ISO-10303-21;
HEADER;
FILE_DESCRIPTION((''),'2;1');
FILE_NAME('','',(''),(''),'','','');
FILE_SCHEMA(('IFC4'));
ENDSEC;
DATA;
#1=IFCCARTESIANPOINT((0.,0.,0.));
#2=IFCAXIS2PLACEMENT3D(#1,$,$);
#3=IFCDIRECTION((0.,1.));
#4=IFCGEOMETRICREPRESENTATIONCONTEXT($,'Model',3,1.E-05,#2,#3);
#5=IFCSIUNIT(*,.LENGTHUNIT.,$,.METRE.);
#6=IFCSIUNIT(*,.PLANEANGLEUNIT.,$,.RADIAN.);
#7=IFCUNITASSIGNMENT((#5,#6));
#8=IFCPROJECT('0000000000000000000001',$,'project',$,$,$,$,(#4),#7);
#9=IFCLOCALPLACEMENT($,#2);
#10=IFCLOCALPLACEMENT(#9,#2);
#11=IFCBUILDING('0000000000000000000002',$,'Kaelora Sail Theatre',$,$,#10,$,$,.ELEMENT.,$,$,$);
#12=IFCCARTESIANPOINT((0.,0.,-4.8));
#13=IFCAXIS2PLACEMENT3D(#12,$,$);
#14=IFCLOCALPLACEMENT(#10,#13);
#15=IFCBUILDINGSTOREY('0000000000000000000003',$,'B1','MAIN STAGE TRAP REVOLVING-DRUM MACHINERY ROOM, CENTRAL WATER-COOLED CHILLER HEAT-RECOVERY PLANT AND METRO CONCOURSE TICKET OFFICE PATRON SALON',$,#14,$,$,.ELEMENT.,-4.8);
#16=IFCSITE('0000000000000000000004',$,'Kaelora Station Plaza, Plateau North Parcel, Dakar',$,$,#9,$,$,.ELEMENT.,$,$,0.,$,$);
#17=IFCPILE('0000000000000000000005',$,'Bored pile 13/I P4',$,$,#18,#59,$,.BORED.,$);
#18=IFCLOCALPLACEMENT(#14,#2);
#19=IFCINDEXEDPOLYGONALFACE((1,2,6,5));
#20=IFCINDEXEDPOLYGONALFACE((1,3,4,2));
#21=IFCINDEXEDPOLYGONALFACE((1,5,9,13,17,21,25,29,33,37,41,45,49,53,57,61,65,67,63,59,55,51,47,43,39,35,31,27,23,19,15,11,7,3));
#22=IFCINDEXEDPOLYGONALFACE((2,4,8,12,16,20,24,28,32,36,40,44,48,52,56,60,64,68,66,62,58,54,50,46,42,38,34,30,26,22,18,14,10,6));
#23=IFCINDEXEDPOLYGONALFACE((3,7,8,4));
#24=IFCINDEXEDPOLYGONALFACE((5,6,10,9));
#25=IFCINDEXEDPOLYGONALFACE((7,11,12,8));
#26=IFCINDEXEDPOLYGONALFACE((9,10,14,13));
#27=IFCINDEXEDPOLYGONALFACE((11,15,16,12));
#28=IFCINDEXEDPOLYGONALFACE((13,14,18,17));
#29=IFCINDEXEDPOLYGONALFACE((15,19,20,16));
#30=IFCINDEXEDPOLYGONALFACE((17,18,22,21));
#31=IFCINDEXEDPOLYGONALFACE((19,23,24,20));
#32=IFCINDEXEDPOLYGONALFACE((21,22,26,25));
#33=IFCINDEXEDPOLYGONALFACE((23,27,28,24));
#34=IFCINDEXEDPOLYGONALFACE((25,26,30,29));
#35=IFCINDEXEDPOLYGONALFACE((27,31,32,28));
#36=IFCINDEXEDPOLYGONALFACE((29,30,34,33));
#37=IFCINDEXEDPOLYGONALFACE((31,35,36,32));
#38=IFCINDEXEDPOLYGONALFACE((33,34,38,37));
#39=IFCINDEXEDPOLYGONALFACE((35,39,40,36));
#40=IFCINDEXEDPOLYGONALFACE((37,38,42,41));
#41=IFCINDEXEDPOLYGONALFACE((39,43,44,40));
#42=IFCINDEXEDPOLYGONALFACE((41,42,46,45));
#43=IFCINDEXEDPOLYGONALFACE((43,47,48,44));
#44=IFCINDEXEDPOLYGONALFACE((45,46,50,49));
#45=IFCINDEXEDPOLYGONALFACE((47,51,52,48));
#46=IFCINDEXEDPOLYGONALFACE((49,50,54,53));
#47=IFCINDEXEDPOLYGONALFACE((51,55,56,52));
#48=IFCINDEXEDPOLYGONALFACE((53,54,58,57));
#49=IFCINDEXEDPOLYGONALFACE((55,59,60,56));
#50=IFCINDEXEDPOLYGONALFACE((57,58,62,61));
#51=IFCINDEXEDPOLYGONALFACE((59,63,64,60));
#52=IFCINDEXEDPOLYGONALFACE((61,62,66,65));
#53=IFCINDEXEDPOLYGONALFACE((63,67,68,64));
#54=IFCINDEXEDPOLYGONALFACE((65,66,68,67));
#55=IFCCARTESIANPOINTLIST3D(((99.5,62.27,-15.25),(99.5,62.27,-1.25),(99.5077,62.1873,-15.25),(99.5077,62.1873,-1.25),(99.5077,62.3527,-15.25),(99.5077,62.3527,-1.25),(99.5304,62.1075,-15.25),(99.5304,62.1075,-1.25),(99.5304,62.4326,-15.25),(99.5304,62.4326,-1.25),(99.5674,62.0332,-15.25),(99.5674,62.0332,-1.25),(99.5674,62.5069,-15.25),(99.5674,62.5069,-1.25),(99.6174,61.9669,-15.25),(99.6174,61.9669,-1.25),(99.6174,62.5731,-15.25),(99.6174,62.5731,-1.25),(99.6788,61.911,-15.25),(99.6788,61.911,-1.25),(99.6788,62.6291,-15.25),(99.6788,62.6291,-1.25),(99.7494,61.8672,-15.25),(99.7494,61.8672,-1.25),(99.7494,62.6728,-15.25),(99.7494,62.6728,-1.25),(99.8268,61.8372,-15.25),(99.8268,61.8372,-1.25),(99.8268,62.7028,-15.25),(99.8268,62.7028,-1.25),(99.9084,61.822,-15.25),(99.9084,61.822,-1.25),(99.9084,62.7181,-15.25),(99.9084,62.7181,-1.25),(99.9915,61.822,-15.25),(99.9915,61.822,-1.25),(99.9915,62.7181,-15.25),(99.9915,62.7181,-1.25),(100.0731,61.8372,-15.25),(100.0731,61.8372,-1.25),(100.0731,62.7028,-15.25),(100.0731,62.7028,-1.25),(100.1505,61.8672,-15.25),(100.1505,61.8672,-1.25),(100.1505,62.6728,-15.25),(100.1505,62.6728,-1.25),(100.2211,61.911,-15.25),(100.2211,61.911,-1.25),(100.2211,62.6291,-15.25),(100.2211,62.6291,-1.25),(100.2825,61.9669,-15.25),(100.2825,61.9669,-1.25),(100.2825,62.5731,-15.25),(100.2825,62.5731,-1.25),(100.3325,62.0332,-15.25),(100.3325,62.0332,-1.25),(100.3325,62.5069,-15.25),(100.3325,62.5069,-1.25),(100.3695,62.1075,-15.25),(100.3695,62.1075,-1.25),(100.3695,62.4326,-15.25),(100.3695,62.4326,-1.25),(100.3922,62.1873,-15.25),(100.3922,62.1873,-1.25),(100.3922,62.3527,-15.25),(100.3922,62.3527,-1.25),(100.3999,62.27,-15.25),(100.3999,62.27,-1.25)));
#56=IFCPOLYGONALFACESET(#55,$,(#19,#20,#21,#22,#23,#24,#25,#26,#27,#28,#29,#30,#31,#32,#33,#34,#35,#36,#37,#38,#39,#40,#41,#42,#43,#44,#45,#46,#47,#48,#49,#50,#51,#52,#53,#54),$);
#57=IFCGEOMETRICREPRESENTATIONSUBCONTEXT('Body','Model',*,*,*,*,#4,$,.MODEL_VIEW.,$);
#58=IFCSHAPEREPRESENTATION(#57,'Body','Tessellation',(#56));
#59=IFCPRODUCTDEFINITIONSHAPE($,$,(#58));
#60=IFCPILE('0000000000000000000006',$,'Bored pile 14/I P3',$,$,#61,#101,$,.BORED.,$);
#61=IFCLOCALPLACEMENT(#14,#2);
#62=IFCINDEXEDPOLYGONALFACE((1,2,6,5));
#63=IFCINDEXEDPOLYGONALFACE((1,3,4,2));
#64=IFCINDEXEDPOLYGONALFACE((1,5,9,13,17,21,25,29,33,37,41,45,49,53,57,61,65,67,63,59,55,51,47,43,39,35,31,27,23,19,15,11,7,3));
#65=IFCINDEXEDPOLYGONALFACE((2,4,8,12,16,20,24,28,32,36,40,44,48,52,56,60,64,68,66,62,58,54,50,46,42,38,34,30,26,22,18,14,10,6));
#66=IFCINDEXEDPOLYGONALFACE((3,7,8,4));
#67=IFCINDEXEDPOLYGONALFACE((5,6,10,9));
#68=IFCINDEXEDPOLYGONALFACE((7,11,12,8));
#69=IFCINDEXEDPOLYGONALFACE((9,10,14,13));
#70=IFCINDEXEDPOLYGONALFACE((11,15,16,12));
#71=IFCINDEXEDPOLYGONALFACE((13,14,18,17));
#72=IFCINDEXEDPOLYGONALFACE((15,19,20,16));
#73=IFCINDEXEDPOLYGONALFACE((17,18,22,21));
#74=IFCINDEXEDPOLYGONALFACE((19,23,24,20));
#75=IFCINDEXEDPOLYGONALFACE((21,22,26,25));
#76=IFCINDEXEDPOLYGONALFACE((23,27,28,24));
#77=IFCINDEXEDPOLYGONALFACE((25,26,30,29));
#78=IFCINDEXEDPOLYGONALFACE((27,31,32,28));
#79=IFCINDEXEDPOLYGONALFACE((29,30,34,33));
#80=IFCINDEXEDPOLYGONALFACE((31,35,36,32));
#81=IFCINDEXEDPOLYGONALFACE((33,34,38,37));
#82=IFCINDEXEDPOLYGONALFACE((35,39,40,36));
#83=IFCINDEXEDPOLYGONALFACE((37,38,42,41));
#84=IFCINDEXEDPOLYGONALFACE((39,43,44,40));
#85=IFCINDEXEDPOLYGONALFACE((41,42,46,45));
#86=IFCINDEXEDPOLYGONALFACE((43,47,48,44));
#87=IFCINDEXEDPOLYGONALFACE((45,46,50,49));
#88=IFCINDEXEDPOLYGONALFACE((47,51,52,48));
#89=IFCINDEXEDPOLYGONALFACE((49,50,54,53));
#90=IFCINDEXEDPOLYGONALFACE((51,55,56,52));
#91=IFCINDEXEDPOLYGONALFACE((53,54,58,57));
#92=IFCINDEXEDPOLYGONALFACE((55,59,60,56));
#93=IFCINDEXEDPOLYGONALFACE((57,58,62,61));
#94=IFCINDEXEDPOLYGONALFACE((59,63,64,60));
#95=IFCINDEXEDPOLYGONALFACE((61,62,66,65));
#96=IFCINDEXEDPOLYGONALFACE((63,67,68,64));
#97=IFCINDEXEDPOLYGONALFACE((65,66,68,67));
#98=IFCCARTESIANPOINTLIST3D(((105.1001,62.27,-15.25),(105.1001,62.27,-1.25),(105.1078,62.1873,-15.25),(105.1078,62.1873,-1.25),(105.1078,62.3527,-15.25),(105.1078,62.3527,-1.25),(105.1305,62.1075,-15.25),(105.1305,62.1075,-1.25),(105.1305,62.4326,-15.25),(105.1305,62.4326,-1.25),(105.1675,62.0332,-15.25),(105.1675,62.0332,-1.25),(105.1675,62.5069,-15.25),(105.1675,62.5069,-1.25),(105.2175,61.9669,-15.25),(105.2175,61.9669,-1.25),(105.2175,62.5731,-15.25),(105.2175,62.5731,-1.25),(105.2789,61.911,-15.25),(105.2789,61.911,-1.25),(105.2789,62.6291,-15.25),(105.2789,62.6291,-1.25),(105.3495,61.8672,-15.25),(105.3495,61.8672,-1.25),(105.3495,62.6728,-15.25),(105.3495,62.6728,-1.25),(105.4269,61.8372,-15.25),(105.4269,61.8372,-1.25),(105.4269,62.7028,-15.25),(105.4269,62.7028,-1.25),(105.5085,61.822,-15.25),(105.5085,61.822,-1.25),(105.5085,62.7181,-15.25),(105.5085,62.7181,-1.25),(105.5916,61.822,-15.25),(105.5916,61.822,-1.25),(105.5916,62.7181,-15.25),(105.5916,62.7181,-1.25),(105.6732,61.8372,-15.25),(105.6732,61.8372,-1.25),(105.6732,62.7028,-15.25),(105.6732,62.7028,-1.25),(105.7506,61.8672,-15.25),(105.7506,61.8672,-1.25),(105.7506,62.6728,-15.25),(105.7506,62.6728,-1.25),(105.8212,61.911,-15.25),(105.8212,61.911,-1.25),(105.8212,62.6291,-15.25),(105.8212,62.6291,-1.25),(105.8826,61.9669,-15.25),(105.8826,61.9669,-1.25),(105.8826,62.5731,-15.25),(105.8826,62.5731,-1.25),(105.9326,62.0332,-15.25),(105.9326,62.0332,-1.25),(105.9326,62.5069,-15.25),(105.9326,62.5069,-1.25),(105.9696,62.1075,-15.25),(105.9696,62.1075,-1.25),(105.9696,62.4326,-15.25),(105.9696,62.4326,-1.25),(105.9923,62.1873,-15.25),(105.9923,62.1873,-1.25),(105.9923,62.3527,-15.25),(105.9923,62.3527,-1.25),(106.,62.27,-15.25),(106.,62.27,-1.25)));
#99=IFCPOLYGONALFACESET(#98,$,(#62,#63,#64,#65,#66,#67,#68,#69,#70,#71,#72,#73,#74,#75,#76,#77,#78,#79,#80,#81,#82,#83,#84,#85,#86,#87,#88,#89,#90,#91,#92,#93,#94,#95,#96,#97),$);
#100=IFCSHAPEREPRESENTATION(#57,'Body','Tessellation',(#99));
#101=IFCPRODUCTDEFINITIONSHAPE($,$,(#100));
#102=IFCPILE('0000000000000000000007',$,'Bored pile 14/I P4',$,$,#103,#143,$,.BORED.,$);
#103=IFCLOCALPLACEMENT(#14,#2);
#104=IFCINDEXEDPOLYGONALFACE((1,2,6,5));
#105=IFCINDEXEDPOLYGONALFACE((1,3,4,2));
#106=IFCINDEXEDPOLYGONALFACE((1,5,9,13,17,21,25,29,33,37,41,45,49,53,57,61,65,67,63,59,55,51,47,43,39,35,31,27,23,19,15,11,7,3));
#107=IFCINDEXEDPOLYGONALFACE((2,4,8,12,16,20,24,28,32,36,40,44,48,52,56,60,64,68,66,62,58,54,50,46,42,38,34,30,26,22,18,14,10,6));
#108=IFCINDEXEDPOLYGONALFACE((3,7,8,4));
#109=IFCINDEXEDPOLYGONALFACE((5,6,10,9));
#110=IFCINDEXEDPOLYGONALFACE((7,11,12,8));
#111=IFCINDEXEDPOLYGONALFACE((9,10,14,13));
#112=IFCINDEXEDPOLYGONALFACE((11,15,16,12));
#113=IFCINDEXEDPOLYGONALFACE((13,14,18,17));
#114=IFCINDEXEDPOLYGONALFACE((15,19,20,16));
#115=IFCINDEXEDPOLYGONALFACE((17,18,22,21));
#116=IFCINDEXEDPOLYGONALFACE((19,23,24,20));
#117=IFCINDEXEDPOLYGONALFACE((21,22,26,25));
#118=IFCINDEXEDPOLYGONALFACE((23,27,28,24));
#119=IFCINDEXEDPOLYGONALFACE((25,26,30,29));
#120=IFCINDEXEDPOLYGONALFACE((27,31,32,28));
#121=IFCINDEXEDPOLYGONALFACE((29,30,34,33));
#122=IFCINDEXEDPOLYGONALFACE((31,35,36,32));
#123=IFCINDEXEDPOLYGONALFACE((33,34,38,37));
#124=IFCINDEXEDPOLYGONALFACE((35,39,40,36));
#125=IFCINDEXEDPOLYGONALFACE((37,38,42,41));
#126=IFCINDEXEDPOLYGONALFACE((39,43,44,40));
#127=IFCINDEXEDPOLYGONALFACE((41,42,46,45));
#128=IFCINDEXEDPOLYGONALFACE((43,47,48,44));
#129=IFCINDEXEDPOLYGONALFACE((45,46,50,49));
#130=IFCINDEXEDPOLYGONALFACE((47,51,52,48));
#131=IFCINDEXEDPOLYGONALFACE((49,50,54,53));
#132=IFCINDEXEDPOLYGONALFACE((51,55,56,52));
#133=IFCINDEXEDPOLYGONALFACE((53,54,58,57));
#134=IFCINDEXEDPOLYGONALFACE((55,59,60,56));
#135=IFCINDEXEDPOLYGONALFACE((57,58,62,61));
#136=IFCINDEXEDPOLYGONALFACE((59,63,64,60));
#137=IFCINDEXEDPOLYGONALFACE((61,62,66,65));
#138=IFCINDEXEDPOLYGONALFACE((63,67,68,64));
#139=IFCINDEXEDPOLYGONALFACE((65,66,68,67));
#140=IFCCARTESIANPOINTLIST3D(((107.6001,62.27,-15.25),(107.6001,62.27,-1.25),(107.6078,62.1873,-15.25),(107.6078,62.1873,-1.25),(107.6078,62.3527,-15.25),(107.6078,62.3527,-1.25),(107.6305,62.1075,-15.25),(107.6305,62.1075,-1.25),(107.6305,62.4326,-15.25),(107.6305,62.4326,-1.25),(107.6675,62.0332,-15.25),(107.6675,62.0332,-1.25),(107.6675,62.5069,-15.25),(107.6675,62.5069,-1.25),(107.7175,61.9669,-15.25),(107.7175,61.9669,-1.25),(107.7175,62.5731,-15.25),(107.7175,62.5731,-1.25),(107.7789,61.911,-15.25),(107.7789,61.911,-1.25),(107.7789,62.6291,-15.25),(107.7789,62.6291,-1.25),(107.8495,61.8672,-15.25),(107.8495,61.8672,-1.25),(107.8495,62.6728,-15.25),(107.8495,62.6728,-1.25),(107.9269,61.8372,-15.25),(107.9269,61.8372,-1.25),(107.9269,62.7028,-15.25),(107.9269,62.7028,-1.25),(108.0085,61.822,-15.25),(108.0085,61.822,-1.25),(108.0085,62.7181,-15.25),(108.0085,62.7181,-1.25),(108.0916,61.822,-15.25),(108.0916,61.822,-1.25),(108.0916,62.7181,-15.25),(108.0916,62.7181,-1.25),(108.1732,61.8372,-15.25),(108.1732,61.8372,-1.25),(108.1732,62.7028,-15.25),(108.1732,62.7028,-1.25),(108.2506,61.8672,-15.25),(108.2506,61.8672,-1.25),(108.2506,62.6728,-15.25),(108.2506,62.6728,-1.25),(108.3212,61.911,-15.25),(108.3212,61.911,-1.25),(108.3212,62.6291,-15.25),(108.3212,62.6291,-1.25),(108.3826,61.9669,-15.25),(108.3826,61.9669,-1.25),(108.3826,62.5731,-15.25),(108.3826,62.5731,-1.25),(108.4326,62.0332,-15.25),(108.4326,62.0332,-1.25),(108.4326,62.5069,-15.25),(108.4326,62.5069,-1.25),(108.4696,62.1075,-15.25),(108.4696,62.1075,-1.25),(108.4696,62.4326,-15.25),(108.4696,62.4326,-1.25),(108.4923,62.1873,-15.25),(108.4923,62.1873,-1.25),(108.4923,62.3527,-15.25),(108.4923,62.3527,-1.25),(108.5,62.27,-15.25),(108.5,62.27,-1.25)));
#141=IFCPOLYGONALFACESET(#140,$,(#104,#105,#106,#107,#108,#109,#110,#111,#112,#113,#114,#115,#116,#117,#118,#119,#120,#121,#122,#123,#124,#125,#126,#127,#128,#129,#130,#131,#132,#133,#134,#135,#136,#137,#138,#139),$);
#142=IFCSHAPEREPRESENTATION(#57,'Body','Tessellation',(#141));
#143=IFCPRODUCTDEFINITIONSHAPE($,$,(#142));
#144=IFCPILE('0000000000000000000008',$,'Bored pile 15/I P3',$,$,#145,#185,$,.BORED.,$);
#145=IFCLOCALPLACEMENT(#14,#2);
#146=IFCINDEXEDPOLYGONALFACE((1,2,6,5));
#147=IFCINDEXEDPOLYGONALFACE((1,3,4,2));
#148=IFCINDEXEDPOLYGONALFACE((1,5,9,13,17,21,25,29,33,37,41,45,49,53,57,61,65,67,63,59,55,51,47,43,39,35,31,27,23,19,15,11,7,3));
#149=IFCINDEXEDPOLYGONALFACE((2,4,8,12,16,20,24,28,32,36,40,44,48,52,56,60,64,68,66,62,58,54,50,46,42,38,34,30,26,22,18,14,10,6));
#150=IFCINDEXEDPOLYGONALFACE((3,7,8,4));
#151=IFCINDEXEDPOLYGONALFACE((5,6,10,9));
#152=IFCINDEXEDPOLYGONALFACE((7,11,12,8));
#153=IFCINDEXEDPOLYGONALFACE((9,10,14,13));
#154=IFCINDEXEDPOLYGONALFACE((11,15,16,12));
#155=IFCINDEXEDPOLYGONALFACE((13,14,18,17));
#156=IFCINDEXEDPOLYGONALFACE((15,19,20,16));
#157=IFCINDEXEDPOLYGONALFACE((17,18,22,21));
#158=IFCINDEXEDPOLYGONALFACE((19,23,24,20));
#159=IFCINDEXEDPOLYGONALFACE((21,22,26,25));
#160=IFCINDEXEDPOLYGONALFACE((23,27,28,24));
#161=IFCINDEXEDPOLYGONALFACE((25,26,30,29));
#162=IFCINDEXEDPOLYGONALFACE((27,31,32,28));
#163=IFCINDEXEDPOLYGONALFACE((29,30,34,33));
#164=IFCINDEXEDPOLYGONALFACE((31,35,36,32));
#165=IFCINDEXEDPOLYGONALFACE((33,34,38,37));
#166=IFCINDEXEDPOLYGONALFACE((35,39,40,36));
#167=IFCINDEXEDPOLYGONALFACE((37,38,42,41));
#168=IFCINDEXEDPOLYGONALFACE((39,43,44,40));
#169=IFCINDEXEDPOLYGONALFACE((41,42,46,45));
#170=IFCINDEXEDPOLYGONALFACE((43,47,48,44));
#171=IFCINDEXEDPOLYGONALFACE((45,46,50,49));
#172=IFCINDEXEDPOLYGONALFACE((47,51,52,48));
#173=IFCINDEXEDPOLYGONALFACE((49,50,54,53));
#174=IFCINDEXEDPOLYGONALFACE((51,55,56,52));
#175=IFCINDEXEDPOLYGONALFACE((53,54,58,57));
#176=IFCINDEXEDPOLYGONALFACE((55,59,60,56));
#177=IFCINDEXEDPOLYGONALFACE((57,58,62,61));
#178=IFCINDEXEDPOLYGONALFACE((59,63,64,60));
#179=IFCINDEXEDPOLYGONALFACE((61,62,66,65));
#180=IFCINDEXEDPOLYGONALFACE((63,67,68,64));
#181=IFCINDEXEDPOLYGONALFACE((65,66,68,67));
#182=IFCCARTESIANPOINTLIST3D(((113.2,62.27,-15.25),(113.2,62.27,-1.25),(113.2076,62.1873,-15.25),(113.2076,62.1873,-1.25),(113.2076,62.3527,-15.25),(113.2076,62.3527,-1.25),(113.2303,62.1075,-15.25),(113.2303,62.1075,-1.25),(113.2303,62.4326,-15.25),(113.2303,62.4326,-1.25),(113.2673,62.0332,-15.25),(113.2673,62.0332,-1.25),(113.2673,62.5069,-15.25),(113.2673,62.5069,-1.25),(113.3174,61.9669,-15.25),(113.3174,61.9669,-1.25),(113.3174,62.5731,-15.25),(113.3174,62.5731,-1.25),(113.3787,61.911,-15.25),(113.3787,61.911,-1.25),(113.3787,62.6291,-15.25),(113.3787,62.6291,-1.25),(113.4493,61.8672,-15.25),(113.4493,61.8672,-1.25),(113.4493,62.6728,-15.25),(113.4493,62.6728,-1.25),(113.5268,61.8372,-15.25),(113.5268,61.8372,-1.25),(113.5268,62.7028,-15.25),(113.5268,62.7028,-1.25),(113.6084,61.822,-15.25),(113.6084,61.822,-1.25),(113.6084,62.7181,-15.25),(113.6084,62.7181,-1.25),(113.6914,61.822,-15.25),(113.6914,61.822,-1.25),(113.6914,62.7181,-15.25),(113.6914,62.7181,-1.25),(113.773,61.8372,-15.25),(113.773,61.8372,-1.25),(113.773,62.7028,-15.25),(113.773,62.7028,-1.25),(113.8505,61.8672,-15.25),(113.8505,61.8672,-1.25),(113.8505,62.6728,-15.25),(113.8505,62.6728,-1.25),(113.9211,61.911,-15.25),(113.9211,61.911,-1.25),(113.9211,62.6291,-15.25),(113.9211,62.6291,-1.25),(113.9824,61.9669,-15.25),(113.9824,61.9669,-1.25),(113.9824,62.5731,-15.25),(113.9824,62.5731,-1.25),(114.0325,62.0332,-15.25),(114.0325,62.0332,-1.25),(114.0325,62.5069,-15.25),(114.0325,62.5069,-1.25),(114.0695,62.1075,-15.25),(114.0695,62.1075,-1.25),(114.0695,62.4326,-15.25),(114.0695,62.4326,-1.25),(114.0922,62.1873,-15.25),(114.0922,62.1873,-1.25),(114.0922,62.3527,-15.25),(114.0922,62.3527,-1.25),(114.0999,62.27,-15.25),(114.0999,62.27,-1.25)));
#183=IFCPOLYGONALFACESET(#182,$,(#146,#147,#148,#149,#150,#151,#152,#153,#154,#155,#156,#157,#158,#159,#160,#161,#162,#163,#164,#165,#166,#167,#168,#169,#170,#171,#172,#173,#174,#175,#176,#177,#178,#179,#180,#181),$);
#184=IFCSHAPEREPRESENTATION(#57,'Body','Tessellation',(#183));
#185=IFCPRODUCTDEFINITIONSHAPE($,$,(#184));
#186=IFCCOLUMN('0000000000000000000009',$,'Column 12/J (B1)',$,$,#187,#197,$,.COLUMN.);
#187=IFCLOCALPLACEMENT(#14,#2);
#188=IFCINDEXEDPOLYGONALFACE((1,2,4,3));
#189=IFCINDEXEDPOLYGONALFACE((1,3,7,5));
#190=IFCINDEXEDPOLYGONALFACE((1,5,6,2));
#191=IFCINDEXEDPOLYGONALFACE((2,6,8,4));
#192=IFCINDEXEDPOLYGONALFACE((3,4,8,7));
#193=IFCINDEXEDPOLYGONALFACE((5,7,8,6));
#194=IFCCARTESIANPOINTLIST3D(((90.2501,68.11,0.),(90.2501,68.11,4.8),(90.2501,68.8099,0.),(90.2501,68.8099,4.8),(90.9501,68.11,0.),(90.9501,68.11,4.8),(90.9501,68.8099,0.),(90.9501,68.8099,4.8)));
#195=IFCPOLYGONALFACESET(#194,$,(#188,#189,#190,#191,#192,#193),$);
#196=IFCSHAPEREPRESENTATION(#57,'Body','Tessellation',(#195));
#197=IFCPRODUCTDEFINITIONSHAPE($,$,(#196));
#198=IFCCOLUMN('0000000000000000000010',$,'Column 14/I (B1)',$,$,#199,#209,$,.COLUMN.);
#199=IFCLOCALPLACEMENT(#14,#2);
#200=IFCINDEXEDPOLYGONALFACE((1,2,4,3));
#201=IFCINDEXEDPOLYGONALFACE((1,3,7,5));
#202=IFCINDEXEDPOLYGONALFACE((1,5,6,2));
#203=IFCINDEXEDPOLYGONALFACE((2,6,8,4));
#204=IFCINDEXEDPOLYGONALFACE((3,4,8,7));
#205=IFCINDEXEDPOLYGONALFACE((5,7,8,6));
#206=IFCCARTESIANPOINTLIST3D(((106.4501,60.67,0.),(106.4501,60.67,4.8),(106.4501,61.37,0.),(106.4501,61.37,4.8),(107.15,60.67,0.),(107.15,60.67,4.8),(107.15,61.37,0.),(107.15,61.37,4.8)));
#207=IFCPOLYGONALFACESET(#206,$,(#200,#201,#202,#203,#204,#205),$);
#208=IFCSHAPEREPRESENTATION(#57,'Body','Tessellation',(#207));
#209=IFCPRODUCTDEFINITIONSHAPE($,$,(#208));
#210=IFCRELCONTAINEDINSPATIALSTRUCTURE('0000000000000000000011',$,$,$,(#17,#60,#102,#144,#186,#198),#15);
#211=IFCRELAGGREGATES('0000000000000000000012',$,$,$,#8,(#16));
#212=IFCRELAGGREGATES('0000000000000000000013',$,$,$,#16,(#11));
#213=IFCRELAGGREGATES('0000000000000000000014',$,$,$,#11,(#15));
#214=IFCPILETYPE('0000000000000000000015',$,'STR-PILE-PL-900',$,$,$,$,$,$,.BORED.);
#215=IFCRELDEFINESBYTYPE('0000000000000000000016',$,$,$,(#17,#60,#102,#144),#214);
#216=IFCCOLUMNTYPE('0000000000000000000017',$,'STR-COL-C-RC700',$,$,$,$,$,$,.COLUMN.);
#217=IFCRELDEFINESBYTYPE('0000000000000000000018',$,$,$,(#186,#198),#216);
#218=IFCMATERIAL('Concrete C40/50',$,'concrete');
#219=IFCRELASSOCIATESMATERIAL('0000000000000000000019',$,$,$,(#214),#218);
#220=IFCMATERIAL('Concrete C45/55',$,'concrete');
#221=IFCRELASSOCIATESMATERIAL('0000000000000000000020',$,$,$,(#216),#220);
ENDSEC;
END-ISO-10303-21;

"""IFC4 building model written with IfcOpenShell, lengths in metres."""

from ifc_helpers import new_model, si_unit, direction, frame, origin, origin_2d, place, context, subcontext, project, spatial, rectangle, circle, extrude, material, material_profile, profile_set, type_object, element, save


model = new_model("IFC4")

# Units and contexts
model_context = context("Model", 3, precision=1e-05, world=origin(), true_north=direction((0.0, 1.0)))
body_context = subcontext(model_context, "Body", "Model", "MODEL_VIEW")
ifc_project = project(units=[si_unit("LENGTHUNIT", "METRE"), si_unit("PLANEANGLEUNIT", "RADIAN")], contexts=[model_context])

# Site, building, storey
site_placement = place(None, origin())
site = spatial("IfcSite", under=ifc_project, at=site_placement, Name="Kaelora Station Plaza, Plateau North Parcel, Dakar", CompositionType="ELEMENT", RefElevation=0.0)
building_placement = place(site_placement, origin())
building = spatial("IfcBuilding", under=site, at=building_placement, Name="Kaelora Sail Theatre", CompositionType="ELEMENT")
storey_placement = place(building_placement, frame((0.0, 0.0, -4.8)))
storey = spatial("IfcBuildingStorey", under=building, at=storey_placement, Name="B1", Description="MAIN STAGE TRAP REVOLVING-DRUM MACHINERY ROOM, CENTRAL WATER-COOLED CHILLER HEAT-RECOVERY PLANT AND METRO CONCOURSE TICKET OFFICE PATRON SALON", CompositionType="ELEMENT", Elevation=-4.8)

# Piles
ifc_material_1 = material(Name="Concrete C40/50", Category="concrete")
ifc_material_profile_1 = material_profile(ifc_material_1, circle(Radius=0.45, at=origin_2d()), Name="PILE D900")
ifc_profile_set_1 = profile_set([ifc_material_profile_1], Name="Concrete C40/50")
pile_type_1 = type_object("IfcPileType", Name="STR-PILE-PL-900", PredefinedType="BORED", material=ifc_profile_set_1)
for number, where, z_axis, x_axis, name in (
    (1, (99.95, 62.27, -1.25), (0.0, 0.0, -1.0), (1.0, 0.0, 0.0), "Bored pile 13/I P4"),
    (2, (105.55, 62.27, -1.25), (0.0, 0.0, -1.0), (1.0, 0.0, 0.0), "Bored pile 14/I P3"),
    (3, (108.05, 62.27, -1.25), (0.0, 0.0, -1.0), (1.0, 0.0, 0.0), "Bored pile 14/I P4"),
    (4, (113.6499, 62.27, -1.25), (0.0, 0.0, -1.0), (1.0, 0.0, 0.0), "Bored pile 15/I P3"),
):
    element("IfcPile", number, at=place(storey_placement, frame(where, z_axis=z_axis, x_axis=x_axis)), inside=storey, type_object=pile_type_1, Name=name, PredefinedType="BORED", context=body_context, shape_type="SweptSolid", body=[
        extrude(circle(Radius=0.45, at=origin_2d()), origin(), (0.0, 0.0, 1.0), 14.0),
    ])

# Columns
ifc_material_2 = material(Name="Concrete C45/55", Category="concrete")
ifc_material_profile_2 = material_profile(ifc_material_2, rectangle(XDim=0.7, YDim=0.7, at=origin_2d()), Name="RC-COL 700x700")
ifc_profile_set_2 = profile_set([ifc_material_profile_2], Name="Concrete C45/55")
column_type_1 = type_object("IfcColumnType", Name="STR-COL-C-RC700", PredefinedType="COLUMN", material=ifc_profile_set_2)
for number, where, z_axis, x_axis, name in (
    (5, (90.6001, 68.46, 0.0), (0.0, 0.0, 1.0), (1.0, 0.0, 0.0), "Column 12/J (B1)"),
    (6, (106.8, 61.02, 0.0), (0.0, 0.0, 1.0), (1.0, 0.0, 0.0), "Column 14/I (B1)"),
):
    element("IfcColumn", number, at=place(storey_placement, frame(where, z_axis=z_axis, x_axis=x_axis)), inside=storey, type_object=column_type_1, Name=name, PredefinedType="COLUMN", context=body_context, shape_type="SweptSolid", body=[
        extrude(rectangle(XDim=0.7, YDim=0.7, at=origin_2d()), origin(), (0.0, 0.0, 1.0), 4.8),
    ])

save(model, "model.ifc")
